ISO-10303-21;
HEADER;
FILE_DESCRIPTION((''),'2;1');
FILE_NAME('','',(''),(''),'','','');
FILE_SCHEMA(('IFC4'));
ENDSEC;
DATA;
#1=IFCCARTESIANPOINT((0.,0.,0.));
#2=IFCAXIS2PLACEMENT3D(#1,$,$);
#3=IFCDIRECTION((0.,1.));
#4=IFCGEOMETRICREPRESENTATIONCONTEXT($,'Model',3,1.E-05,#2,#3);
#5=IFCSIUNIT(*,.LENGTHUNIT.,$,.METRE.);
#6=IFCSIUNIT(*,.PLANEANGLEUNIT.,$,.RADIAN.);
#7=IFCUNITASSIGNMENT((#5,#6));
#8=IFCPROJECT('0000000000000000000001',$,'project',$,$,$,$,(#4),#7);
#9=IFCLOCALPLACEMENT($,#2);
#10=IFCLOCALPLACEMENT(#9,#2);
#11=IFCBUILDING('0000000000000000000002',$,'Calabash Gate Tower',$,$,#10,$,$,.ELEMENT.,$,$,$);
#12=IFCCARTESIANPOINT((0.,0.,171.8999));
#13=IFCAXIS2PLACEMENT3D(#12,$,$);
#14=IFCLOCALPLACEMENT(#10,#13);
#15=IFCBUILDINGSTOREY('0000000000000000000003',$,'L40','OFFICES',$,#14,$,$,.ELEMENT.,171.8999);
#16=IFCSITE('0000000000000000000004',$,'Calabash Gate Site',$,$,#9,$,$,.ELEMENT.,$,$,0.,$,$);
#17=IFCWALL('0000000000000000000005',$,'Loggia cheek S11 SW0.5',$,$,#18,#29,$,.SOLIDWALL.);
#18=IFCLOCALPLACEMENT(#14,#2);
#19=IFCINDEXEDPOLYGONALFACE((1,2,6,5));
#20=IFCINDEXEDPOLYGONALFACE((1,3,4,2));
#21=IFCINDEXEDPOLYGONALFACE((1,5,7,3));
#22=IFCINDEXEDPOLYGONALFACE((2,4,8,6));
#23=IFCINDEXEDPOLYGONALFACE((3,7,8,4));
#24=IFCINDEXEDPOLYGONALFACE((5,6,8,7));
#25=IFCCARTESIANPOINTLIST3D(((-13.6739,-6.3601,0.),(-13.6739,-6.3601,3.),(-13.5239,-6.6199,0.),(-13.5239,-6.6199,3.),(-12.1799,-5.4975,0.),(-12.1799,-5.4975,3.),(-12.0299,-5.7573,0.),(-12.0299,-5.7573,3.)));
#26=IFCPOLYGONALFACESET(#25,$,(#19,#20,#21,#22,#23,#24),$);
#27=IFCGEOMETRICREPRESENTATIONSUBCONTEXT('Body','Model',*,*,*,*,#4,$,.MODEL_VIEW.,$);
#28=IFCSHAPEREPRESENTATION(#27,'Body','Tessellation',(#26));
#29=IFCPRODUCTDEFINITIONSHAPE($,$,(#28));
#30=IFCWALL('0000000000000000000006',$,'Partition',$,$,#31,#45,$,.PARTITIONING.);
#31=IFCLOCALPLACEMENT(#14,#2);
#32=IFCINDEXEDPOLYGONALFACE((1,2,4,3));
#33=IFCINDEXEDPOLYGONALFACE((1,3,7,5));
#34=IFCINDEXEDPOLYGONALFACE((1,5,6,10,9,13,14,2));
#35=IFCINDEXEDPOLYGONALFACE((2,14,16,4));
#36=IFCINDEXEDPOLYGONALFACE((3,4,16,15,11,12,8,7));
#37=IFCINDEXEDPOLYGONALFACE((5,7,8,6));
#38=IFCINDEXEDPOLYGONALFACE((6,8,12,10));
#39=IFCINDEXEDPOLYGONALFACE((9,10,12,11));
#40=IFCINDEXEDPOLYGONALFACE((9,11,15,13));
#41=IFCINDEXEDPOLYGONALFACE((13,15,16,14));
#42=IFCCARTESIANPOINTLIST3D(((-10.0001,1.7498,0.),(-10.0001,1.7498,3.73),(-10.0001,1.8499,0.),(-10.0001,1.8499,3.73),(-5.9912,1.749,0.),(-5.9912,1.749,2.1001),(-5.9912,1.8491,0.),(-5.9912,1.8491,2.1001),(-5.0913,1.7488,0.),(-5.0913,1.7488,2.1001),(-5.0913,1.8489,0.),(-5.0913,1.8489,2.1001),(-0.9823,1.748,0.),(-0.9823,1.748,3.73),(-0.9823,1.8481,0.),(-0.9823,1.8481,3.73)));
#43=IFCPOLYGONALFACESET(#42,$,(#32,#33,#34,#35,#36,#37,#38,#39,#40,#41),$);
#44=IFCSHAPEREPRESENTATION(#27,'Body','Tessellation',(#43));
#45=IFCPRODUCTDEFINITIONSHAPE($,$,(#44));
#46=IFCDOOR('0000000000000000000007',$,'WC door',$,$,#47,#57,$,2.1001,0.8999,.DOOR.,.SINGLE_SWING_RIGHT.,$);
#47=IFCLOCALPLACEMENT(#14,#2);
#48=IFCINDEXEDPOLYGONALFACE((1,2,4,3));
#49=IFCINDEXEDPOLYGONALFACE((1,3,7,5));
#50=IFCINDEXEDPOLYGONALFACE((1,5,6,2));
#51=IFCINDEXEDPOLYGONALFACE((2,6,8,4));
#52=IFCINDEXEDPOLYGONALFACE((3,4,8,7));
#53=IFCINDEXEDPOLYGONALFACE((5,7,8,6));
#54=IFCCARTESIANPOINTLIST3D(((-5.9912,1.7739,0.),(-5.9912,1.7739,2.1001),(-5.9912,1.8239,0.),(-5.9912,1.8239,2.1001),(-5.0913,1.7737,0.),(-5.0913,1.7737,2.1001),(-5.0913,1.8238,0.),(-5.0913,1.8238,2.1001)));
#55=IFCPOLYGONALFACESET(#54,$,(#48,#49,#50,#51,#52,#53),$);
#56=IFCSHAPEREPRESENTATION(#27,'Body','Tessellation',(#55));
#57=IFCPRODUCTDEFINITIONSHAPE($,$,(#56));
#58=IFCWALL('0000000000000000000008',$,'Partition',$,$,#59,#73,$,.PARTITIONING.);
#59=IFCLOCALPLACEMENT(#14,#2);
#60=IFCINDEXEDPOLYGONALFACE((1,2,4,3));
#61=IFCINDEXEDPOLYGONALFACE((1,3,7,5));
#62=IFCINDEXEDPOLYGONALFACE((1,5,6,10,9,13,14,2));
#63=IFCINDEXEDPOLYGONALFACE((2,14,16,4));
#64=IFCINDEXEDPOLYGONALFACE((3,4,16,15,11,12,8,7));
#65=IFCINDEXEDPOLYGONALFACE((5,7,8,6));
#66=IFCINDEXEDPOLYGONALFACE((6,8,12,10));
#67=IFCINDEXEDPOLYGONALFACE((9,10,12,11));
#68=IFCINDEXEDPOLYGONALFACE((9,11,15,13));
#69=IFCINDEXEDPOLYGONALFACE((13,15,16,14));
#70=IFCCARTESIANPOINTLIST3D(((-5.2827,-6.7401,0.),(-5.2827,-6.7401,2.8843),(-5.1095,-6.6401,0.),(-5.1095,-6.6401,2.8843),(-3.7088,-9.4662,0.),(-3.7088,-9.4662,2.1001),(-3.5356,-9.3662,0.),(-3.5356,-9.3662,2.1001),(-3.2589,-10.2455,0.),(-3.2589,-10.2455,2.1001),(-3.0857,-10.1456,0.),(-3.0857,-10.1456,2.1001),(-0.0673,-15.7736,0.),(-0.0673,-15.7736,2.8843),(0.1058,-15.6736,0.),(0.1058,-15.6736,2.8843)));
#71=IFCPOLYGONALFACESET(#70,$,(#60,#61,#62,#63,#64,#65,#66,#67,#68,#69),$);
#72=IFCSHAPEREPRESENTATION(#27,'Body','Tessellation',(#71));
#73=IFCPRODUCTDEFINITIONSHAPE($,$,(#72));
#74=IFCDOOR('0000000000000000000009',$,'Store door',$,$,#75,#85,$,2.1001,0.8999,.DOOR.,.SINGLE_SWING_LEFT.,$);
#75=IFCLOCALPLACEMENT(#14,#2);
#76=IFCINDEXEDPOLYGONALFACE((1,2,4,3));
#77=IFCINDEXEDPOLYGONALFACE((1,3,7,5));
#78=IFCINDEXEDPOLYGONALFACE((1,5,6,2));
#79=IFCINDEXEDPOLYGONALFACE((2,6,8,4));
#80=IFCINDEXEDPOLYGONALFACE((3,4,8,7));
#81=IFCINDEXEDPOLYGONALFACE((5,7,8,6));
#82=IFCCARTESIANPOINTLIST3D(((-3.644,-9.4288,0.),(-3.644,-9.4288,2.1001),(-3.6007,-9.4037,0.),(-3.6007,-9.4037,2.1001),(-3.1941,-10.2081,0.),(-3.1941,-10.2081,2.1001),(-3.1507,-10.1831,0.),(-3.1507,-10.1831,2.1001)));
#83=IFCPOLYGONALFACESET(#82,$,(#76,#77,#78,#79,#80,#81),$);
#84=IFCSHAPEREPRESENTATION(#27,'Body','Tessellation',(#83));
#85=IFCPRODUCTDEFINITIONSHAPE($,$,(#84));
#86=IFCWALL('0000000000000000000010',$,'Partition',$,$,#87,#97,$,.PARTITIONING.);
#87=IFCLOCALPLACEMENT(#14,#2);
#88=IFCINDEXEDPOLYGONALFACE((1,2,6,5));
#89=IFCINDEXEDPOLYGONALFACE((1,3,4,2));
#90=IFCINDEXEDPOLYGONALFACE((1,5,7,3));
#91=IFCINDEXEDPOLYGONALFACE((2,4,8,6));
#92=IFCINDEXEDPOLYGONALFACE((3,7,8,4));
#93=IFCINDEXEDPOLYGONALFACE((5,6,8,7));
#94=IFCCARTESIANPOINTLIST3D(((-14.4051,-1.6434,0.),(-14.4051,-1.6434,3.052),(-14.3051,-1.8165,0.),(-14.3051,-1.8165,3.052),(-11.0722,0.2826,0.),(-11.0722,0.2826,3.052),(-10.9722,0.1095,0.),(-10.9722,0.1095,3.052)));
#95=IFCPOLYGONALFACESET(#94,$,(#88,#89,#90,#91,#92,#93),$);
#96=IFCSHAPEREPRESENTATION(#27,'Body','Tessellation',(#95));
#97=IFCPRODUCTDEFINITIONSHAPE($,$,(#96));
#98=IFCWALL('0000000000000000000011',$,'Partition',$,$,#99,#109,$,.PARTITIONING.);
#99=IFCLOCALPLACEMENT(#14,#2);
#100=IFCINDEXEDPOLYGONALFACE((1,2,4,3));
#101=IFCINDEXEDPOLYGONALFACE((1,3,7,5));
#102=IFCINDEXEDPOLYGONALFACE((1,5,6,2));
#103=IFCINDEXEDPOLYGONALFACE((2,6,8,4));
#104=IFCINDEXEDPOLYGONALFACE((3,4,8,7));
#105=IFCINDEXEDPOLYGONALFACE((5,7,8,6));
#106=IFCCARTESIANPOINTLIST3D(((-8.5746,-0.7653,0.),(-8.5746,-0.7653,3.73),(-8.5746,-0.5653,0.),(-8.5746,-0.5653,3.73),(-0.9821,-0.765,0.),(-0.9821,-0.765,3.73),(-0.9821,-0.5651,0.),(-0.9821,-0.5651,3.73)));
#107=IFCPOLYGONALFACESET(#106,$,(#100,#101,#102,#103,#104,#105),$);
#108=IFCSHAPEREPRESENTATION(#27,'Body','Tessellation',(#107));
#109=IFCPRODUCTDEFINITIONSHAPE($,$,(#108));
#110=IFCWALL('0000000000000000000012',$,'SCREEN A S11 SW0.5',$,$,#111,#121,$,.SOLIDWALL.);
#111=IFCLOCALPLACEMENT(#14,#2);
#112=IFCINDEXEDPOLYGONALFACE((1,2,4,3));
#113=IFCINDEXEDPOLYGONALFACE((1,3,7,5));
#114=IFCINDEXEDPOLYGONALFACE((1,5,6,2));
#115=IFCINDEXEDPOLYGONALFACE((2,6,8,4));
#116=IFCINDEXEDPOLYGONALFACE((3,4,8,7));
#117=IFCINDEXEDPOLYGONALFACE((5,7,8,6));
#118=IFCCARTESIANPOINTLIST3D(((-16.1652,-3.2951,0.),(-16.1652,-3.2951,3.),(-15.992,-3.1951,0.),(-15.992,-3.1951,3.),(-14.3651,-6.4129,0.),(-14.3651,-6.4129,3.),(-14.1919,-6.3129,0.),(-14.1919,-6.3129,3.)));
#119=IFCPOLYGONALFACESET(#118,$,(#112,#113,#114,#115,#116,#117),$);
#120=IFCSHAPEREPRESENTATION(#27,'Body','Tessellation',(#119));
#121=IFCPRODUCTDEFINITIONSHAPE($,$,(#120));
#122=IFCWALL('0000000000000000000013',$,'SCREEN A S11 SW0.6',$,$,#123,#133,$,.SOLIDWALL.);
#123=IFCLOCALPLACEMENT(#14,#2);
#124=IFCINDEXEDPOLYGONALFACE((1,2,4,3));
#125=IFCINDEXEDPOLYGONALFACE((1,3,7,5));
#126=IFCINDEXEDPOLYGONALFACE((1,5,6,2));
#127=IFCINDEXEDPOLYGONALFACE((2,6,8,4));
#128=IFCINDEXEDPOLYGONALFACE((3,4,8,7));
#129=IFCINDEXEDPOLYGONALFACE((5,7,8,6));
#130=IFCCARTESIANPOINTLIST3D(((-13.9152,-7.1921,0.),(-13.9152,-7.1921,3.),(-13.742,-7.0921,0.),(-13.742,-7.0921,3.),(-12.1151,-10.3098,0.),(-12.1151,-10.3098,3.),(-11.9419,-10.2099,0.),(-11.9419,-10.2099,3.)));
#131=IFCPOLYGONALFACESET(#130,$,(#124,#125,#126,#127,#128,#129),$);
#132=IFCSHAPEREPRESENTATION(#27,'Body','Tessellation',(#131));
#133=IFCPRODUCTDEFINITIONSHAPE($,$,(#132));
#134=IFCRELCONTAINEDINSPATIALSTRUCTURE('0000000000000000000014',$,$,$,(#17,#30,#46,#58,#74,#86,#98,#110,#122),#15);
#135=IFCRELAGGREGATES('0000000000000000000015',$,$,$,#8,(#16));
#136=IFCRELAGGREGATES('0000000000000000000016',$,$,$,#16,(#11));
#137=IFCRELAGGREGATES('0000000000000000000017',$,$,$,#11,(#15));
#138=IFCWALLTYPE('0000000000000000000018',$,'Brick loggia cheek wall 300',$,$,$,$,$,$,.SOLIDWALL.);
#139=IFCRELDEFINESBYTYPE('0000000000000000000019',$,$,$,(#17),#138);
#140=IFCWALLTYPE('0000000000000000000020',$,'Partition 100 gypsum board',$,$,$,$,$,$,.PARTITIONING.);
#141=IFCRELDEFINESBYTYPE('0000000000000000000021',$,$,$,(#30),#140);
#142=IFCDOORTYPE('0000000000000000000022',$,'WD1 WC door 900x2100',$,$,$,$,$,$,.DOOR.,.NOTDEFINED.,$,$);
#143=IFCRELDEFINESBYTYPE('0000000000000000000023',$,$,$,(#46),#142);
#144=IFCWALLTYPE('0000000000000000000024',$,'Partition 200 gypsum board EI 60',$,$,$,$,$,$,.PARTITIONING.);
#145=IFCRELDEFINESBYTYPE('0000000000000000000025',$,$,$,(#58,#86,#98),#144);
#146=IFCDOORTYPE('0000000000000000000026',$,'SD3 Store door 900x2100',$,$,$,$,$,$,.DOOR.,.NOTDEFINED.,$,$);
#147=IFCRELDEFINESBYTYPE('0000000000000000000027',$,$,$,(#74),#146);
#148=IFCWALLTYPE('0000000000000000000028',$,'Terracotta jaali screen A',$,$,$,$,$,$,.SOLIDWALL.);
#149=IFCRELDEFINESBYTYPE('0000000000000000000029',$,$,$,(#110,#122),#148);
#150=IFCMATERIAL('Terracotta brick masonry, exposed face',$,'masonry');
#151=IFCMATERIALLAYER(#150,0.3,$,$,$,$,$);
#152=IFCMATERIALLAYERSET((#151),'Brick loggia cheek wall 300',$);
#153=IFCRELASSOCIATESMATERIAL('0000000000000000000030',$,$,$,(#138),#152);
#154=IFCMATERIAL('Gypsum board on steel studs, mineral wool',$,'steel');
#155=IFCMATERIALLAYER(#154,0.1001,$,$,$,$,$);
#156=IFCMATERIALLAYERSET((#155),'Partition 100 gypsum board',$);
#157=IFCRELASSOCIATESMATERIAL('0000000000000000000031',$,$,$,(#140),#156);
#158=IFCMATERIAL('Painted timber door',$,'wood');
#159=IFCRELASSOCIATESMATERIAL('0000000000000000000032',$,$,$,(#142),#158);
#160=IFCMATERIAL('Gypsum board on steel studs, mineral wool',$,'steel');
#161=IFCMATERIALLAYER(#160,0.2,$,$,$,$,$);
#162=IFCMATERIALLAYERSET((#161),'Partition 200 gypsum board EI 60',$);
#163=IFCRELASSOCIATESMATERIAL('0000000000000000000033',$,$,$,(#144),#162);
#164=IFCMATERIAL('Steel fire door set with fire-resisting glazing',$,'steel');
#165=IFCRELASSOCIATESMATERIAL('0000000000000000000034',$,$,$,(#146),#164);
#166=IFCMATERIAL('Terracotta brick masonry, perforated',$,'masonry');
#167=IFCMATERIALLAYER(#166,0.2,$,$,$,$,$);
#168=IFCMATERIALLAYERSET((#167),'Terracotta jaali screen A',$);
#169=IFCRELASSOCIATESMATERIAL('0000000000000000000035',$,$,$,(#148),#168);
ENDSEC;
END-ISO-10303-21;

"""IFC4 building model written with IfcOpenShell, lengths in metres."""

from ifc_helpers import new_model, si_unit, direction, frame, frame_2d, origin, place, context, subcontext, project, spatial, rectangle, extrude, material, layer, layer_set, type_object, element, fill, save


model = new_model("IFC4")

# Units and contexts
model_context = context("Model", 3, precision=1e-05, world=origin(), true_north=direction((0.0, 1.0)))
body_context = subcontext(model_context, "Body", "Model", "MODEL_VIEW")
ifc_project = project(units=[si_unit("LENGTHUNIT", "METRE"), si_unit("PLANEANGLEUNIT", "RADIAN")], contexts=[model_context])

# Site, building, storey
site_placement = place(None, origin())
site = spatial("IfcSite", under=ifc_project, at=site_placement, Name="Calabash Gate Site", CompositionType="ELEMENT", RefElevation=0.0)
building_placement = place(site_placement, origin())
building = spatial("IfcBuilding", under=site, at=building_placement, Name="Calabash Gate Tower", CompositionType="ELEMENT")
storey_placement = place(building_placement, frame((0.0, 0.0, 171.8999)))
storey = spatial("IfcBuildingStorey", under=building, at=storey_placement, Name="L40", Description="OFFICES", CompositionType="ELEMENT", Elevation=171.8999)

# Wall
ifc_material_1 = material(Name="Terracotta brick masonry, exposed face", Category="masonry")
ifc_layer_1 = layer(ifc_material_1, 0.3)
ifc_layer_set_1 = layer_set([ifc_layer_1], Name="Brick loggia cheek wall 300")
wall_type_1 = type_object("IfcWallType", Name="Brick loggia cheek wall 300", PredefinedType="SOLIDWALL", material=ifc_layer_set_1)
wall_1_placement = place(storey_placement, frame((-13.5989, -6.49, 0.0), z_axis=(0.0, 0.0, 1.0), x_axis=(0.866014, 0.500021, 0.0)))
element("IfcWall", 1, at=wall_1_placement, inside=storey, type_object=wall_type_1, Name="Loggia cheek S11 SW0.5", PredefinedType="SOLIDWALL", context=body_context, shape_type="SweptSolid", body=[
    extrude(rectangle(XDim=1.7251, YDim=0.3, at=frame_2d((0.8625, 0.0))), origin(), (0.0, 0.0, 1.0), 3.0),
])

# Wall, opening, door
ifc_material_2 = material(Name="Gypsum board on steel studs, mineral wool", Category="steel")
ifc_layer_2 = layer(ifc_material_2, 0.1001)
ifc_layer_set_2 = layer_set([ifc_layer_2], Name="Partition 100 gypsum board")
wall_type_2 = type_object("IfcWallType", Name="Partition 100 gypsum board", PredefinedType="PARTITIONING", material=ifc_layer_set_2)
wall_2_placement = place(storey_placement, frame((-10.0, 1.7998, 0.0), z_axis=(0.0, 0.0, 1.0), x_axis=(1.0, -0.00019, 0.0)))
wall_2 = element("IfcWall", 2, at=wall_2_placement, inside=storey, type_object=wall_type_2, Name="Partition", PredefinedType="PARTITIONING", context=body_context, shape_type="SweptSolid", body=[
    extrude(rectangle(XDim=9.0178, YDim=0.1001, at=frame_2d((4.5088, 0.0))), origin(), (0.0, 0.0, 1.0), 3.73),
])
opening_1_placement = place(wall_2_placement, frame((4.0088, 0.0, 0.0)))
opening_1 = element("IfcOpeningElement", 3, at=opening_1_placement, cuts=wall_2, PredefinedType="OPENING", context=body_context, shape_type="SweptSolid", body=[
    extrude(rectangle(XDim=0.8999, YDim=2.1001, at=frame_2d((0.45, 1.05))), frame((0.0, 0.0601, 0.0), z_axis=(0.0, -1.0, 0.0), x_axis=(1.0, 0.0, 0.0)), (0.0, 0.0, 1.0), 0.1201),
])
ifc_material_3 = material(Name="Painted timber door", Category="wood")
door_type_1 = type_object("IfcDoorType", Name="WD1 WC door 900x2100", OperationType="NOTDEFINED", PredefinedType="DOOR", material=ifc_material_3)
door_1_placement = place(opening_1_placement, origin())
door_1 = element("IfcDoor", 4, at=door_1_placement, inside=storey, type_object=door_type_1, Name="WC door", OperationType="SINGLE_SWING_RIGHT", OverallHeight=2.1001, OverallWidth=0.8999, PredefinedType="DOOR", context=body_context, shape_type="SweptSolid", body=[
    extrude(rectangle(XDim=0.8999, YDim=2.1001, at=frame_2d((0.45, 1.05))), frame((0.0, 0.0249, 0.0), z_axis=(0.0, -1.0, 0.0), x_axis=(1.0, 0.0, 0.0)), (0.0, 0.0, 1.0), 0.05),
])
fill(opening_1, door_1)

# Shared definitions
ifc_material_4 = material(Name="Gypsum board on steel studs, mineral wool", Category="steel")
ifc_layer_3 = layer(ifc_material_4, 0.2)
ifc_layer_set_3 = layer_set([ifc_layer_3], Name="Partition 200 gypsum board EI 60")
wall_type_3 = type_object("IfcWallType", Name="Partition 200 gypsum board EI 60", PredefinedType="PARTITIONING", material=ifc_layer_set_3)

# Wall, opening, door
wall_3_placement = place(storey_placement, frame((-5.196, -6.6902, 0.0), z_axis=(0.0, 0.0, 1.0), x_axis=(0.499991, -0.866031, 0.0)))
wall_3 = element("IfcWall", 5, at=wall_3_placement, inside=storey, type_object=wall_type_3, Name="Partition", PredefinedType="PARTITIONING", context=body_context, shape_type="SweptSolid", body=[
    extrude(rectangle(XDim=10.4309, YDim=0.2, at=frame_2d((5.2153, 0.0))), origin(), (0.0, 0.0, 1.0), 2.8843),
])
opening_2_placement = place(wall_3_placement, frame((3.1477, 0.0, 0.0)))
opening_2 = element("IfcOpeningElement", 6, at=opening_2_placement, cuts=wall_3, PredefinedType="OPENING", context=body_context, shape_type="SweptSolid", body=[
    extrude(rectangle(XDim=0.8999, YDim=2.1001, at=frame_2d((0.45, 1.05))), frame((0.0, 0.1099, 0.0), z_axis=(0.0, -1.0, 0.0), x_axis=(1.0, 0.0, 0.0)), (0.0, 0.0, 1.0), 0.22),
])
ifc_material_5 = material(Name="Steel fire door set with fire-resisting glazing", Category="steel")
door_type_2 = type_object("IfcDoorType", Name="SD3 Store door 900x2100", OperationType="NOTDEFINED", PredefinedType="DOOR", material=ifc_material_5)
door_2_placement = place(opening_2_placement, origin())
door_2 = element("IfcDoor", 7, at=door_2_placement, inside=storey, type_object=door_type_2, Name="Store door", OperationType="SINGLE_SWING_LEFT", OverallHeight=2.1001, OverallWidth=0.8999, PredefinedType="DOOR", context=body_context, shape_type="SweptSolid", body=[
    extrude(rectangle(XDim=0.8999, YDim=2.1001, at=frame_2d((0.45, 1.05))), frame((0.0, 0.0249, 0.0), z_axis=(0.0, -1.0, 0.0), x_axis=(1.0, 0.0, 0.0)), (0.0, 0.0, 1.0), 0.05),
])
fill(opening_2, door_2)

# Walls
wall_4_placement = place(storey_placement, frame((-14.3552, -1.73, 0.0), z_axis=(0.0, 0.0, 1.0), x_axis=(0.865833, 0.500334, 0.0)))
element("IfcWall", 8, at=wall_4_placement, inside=storey, type_object=wall_type_3, Name="Partition", PredefinedType="PARTITIONING", context=body_context, shape_type="SweptSolid", body=[
    extrude(rectangle(XDim=3.8494, YDim=0.2, at=frame_2d((1.9248, 0.0))), origin(), (0.0, 0.0, 1.0), 3.052),
])
wall_5_placement = place(storey_placement, frame((-8.5747, -0.6653, 0.0), z_axis=(0.0, 0.0, 1.0), x_axis=(1.0, 0.000032, 0.0)))
element("IfcWall", 9, at=wall_5_placement, inside=storey, type_object=wall_type_3, Name="Partition", PredefinedType="PARTITIONING", context=body_context, shape_type="SweptSolid", body=[
    extrude(rectangle(XDim=7.5925, YDim=0.2, at=frame_2d((3.7964, 0.0))), origin(), (0.0, 0.0, 1.0), 3.73),
])
ifc_material_6 = material(Name="Terracotta brick masonry, perforated", Category="masonry")
ifc_layer_4 = layer(ifc_material_6, 0.2)
ifc_layer_set_4 = layer_set([ifc_layer_4], Name="Terracotta jaali screen A")
wall_type_4 = type_object("IfcWallType", Name="Terracotta jaali screen A", PredefinedType="SOLIDWALL", material=ifc_layer_set_4)
for number, where, z_axis, x_axis, name in (
    (10, (-16.0786, -3.2451, 0.0), (0.0, 0.0, 1.0), (0.500012, -0.866018, 0.0), "SCREEN A S11 SW0.5"),
    (11, (-13.8286, -7.1421, 0.0), (0.0, 0.0, 1.0), (0.500012, -0.866018, 0.0), "SCREEN A S11 SW0.6"),
):
    element("IfcWall", number, at=place(storey_placement, frame(where, z_axis=z_axis, x_axis=x_axis)), inside=storey, type_object=wall_type_4, Name=name, PredefinedType="SOLIDWALL", context=body_context, shape_type="SweptSolid", body=[
        extrude(rectangle(XDim=3.6001, YDim=0.2, at=frame_2d((1.8, 0.0))), origin(), (0.0, 0.0, 1.0), 3.0),
    ])

save(model, "model.ifc")
